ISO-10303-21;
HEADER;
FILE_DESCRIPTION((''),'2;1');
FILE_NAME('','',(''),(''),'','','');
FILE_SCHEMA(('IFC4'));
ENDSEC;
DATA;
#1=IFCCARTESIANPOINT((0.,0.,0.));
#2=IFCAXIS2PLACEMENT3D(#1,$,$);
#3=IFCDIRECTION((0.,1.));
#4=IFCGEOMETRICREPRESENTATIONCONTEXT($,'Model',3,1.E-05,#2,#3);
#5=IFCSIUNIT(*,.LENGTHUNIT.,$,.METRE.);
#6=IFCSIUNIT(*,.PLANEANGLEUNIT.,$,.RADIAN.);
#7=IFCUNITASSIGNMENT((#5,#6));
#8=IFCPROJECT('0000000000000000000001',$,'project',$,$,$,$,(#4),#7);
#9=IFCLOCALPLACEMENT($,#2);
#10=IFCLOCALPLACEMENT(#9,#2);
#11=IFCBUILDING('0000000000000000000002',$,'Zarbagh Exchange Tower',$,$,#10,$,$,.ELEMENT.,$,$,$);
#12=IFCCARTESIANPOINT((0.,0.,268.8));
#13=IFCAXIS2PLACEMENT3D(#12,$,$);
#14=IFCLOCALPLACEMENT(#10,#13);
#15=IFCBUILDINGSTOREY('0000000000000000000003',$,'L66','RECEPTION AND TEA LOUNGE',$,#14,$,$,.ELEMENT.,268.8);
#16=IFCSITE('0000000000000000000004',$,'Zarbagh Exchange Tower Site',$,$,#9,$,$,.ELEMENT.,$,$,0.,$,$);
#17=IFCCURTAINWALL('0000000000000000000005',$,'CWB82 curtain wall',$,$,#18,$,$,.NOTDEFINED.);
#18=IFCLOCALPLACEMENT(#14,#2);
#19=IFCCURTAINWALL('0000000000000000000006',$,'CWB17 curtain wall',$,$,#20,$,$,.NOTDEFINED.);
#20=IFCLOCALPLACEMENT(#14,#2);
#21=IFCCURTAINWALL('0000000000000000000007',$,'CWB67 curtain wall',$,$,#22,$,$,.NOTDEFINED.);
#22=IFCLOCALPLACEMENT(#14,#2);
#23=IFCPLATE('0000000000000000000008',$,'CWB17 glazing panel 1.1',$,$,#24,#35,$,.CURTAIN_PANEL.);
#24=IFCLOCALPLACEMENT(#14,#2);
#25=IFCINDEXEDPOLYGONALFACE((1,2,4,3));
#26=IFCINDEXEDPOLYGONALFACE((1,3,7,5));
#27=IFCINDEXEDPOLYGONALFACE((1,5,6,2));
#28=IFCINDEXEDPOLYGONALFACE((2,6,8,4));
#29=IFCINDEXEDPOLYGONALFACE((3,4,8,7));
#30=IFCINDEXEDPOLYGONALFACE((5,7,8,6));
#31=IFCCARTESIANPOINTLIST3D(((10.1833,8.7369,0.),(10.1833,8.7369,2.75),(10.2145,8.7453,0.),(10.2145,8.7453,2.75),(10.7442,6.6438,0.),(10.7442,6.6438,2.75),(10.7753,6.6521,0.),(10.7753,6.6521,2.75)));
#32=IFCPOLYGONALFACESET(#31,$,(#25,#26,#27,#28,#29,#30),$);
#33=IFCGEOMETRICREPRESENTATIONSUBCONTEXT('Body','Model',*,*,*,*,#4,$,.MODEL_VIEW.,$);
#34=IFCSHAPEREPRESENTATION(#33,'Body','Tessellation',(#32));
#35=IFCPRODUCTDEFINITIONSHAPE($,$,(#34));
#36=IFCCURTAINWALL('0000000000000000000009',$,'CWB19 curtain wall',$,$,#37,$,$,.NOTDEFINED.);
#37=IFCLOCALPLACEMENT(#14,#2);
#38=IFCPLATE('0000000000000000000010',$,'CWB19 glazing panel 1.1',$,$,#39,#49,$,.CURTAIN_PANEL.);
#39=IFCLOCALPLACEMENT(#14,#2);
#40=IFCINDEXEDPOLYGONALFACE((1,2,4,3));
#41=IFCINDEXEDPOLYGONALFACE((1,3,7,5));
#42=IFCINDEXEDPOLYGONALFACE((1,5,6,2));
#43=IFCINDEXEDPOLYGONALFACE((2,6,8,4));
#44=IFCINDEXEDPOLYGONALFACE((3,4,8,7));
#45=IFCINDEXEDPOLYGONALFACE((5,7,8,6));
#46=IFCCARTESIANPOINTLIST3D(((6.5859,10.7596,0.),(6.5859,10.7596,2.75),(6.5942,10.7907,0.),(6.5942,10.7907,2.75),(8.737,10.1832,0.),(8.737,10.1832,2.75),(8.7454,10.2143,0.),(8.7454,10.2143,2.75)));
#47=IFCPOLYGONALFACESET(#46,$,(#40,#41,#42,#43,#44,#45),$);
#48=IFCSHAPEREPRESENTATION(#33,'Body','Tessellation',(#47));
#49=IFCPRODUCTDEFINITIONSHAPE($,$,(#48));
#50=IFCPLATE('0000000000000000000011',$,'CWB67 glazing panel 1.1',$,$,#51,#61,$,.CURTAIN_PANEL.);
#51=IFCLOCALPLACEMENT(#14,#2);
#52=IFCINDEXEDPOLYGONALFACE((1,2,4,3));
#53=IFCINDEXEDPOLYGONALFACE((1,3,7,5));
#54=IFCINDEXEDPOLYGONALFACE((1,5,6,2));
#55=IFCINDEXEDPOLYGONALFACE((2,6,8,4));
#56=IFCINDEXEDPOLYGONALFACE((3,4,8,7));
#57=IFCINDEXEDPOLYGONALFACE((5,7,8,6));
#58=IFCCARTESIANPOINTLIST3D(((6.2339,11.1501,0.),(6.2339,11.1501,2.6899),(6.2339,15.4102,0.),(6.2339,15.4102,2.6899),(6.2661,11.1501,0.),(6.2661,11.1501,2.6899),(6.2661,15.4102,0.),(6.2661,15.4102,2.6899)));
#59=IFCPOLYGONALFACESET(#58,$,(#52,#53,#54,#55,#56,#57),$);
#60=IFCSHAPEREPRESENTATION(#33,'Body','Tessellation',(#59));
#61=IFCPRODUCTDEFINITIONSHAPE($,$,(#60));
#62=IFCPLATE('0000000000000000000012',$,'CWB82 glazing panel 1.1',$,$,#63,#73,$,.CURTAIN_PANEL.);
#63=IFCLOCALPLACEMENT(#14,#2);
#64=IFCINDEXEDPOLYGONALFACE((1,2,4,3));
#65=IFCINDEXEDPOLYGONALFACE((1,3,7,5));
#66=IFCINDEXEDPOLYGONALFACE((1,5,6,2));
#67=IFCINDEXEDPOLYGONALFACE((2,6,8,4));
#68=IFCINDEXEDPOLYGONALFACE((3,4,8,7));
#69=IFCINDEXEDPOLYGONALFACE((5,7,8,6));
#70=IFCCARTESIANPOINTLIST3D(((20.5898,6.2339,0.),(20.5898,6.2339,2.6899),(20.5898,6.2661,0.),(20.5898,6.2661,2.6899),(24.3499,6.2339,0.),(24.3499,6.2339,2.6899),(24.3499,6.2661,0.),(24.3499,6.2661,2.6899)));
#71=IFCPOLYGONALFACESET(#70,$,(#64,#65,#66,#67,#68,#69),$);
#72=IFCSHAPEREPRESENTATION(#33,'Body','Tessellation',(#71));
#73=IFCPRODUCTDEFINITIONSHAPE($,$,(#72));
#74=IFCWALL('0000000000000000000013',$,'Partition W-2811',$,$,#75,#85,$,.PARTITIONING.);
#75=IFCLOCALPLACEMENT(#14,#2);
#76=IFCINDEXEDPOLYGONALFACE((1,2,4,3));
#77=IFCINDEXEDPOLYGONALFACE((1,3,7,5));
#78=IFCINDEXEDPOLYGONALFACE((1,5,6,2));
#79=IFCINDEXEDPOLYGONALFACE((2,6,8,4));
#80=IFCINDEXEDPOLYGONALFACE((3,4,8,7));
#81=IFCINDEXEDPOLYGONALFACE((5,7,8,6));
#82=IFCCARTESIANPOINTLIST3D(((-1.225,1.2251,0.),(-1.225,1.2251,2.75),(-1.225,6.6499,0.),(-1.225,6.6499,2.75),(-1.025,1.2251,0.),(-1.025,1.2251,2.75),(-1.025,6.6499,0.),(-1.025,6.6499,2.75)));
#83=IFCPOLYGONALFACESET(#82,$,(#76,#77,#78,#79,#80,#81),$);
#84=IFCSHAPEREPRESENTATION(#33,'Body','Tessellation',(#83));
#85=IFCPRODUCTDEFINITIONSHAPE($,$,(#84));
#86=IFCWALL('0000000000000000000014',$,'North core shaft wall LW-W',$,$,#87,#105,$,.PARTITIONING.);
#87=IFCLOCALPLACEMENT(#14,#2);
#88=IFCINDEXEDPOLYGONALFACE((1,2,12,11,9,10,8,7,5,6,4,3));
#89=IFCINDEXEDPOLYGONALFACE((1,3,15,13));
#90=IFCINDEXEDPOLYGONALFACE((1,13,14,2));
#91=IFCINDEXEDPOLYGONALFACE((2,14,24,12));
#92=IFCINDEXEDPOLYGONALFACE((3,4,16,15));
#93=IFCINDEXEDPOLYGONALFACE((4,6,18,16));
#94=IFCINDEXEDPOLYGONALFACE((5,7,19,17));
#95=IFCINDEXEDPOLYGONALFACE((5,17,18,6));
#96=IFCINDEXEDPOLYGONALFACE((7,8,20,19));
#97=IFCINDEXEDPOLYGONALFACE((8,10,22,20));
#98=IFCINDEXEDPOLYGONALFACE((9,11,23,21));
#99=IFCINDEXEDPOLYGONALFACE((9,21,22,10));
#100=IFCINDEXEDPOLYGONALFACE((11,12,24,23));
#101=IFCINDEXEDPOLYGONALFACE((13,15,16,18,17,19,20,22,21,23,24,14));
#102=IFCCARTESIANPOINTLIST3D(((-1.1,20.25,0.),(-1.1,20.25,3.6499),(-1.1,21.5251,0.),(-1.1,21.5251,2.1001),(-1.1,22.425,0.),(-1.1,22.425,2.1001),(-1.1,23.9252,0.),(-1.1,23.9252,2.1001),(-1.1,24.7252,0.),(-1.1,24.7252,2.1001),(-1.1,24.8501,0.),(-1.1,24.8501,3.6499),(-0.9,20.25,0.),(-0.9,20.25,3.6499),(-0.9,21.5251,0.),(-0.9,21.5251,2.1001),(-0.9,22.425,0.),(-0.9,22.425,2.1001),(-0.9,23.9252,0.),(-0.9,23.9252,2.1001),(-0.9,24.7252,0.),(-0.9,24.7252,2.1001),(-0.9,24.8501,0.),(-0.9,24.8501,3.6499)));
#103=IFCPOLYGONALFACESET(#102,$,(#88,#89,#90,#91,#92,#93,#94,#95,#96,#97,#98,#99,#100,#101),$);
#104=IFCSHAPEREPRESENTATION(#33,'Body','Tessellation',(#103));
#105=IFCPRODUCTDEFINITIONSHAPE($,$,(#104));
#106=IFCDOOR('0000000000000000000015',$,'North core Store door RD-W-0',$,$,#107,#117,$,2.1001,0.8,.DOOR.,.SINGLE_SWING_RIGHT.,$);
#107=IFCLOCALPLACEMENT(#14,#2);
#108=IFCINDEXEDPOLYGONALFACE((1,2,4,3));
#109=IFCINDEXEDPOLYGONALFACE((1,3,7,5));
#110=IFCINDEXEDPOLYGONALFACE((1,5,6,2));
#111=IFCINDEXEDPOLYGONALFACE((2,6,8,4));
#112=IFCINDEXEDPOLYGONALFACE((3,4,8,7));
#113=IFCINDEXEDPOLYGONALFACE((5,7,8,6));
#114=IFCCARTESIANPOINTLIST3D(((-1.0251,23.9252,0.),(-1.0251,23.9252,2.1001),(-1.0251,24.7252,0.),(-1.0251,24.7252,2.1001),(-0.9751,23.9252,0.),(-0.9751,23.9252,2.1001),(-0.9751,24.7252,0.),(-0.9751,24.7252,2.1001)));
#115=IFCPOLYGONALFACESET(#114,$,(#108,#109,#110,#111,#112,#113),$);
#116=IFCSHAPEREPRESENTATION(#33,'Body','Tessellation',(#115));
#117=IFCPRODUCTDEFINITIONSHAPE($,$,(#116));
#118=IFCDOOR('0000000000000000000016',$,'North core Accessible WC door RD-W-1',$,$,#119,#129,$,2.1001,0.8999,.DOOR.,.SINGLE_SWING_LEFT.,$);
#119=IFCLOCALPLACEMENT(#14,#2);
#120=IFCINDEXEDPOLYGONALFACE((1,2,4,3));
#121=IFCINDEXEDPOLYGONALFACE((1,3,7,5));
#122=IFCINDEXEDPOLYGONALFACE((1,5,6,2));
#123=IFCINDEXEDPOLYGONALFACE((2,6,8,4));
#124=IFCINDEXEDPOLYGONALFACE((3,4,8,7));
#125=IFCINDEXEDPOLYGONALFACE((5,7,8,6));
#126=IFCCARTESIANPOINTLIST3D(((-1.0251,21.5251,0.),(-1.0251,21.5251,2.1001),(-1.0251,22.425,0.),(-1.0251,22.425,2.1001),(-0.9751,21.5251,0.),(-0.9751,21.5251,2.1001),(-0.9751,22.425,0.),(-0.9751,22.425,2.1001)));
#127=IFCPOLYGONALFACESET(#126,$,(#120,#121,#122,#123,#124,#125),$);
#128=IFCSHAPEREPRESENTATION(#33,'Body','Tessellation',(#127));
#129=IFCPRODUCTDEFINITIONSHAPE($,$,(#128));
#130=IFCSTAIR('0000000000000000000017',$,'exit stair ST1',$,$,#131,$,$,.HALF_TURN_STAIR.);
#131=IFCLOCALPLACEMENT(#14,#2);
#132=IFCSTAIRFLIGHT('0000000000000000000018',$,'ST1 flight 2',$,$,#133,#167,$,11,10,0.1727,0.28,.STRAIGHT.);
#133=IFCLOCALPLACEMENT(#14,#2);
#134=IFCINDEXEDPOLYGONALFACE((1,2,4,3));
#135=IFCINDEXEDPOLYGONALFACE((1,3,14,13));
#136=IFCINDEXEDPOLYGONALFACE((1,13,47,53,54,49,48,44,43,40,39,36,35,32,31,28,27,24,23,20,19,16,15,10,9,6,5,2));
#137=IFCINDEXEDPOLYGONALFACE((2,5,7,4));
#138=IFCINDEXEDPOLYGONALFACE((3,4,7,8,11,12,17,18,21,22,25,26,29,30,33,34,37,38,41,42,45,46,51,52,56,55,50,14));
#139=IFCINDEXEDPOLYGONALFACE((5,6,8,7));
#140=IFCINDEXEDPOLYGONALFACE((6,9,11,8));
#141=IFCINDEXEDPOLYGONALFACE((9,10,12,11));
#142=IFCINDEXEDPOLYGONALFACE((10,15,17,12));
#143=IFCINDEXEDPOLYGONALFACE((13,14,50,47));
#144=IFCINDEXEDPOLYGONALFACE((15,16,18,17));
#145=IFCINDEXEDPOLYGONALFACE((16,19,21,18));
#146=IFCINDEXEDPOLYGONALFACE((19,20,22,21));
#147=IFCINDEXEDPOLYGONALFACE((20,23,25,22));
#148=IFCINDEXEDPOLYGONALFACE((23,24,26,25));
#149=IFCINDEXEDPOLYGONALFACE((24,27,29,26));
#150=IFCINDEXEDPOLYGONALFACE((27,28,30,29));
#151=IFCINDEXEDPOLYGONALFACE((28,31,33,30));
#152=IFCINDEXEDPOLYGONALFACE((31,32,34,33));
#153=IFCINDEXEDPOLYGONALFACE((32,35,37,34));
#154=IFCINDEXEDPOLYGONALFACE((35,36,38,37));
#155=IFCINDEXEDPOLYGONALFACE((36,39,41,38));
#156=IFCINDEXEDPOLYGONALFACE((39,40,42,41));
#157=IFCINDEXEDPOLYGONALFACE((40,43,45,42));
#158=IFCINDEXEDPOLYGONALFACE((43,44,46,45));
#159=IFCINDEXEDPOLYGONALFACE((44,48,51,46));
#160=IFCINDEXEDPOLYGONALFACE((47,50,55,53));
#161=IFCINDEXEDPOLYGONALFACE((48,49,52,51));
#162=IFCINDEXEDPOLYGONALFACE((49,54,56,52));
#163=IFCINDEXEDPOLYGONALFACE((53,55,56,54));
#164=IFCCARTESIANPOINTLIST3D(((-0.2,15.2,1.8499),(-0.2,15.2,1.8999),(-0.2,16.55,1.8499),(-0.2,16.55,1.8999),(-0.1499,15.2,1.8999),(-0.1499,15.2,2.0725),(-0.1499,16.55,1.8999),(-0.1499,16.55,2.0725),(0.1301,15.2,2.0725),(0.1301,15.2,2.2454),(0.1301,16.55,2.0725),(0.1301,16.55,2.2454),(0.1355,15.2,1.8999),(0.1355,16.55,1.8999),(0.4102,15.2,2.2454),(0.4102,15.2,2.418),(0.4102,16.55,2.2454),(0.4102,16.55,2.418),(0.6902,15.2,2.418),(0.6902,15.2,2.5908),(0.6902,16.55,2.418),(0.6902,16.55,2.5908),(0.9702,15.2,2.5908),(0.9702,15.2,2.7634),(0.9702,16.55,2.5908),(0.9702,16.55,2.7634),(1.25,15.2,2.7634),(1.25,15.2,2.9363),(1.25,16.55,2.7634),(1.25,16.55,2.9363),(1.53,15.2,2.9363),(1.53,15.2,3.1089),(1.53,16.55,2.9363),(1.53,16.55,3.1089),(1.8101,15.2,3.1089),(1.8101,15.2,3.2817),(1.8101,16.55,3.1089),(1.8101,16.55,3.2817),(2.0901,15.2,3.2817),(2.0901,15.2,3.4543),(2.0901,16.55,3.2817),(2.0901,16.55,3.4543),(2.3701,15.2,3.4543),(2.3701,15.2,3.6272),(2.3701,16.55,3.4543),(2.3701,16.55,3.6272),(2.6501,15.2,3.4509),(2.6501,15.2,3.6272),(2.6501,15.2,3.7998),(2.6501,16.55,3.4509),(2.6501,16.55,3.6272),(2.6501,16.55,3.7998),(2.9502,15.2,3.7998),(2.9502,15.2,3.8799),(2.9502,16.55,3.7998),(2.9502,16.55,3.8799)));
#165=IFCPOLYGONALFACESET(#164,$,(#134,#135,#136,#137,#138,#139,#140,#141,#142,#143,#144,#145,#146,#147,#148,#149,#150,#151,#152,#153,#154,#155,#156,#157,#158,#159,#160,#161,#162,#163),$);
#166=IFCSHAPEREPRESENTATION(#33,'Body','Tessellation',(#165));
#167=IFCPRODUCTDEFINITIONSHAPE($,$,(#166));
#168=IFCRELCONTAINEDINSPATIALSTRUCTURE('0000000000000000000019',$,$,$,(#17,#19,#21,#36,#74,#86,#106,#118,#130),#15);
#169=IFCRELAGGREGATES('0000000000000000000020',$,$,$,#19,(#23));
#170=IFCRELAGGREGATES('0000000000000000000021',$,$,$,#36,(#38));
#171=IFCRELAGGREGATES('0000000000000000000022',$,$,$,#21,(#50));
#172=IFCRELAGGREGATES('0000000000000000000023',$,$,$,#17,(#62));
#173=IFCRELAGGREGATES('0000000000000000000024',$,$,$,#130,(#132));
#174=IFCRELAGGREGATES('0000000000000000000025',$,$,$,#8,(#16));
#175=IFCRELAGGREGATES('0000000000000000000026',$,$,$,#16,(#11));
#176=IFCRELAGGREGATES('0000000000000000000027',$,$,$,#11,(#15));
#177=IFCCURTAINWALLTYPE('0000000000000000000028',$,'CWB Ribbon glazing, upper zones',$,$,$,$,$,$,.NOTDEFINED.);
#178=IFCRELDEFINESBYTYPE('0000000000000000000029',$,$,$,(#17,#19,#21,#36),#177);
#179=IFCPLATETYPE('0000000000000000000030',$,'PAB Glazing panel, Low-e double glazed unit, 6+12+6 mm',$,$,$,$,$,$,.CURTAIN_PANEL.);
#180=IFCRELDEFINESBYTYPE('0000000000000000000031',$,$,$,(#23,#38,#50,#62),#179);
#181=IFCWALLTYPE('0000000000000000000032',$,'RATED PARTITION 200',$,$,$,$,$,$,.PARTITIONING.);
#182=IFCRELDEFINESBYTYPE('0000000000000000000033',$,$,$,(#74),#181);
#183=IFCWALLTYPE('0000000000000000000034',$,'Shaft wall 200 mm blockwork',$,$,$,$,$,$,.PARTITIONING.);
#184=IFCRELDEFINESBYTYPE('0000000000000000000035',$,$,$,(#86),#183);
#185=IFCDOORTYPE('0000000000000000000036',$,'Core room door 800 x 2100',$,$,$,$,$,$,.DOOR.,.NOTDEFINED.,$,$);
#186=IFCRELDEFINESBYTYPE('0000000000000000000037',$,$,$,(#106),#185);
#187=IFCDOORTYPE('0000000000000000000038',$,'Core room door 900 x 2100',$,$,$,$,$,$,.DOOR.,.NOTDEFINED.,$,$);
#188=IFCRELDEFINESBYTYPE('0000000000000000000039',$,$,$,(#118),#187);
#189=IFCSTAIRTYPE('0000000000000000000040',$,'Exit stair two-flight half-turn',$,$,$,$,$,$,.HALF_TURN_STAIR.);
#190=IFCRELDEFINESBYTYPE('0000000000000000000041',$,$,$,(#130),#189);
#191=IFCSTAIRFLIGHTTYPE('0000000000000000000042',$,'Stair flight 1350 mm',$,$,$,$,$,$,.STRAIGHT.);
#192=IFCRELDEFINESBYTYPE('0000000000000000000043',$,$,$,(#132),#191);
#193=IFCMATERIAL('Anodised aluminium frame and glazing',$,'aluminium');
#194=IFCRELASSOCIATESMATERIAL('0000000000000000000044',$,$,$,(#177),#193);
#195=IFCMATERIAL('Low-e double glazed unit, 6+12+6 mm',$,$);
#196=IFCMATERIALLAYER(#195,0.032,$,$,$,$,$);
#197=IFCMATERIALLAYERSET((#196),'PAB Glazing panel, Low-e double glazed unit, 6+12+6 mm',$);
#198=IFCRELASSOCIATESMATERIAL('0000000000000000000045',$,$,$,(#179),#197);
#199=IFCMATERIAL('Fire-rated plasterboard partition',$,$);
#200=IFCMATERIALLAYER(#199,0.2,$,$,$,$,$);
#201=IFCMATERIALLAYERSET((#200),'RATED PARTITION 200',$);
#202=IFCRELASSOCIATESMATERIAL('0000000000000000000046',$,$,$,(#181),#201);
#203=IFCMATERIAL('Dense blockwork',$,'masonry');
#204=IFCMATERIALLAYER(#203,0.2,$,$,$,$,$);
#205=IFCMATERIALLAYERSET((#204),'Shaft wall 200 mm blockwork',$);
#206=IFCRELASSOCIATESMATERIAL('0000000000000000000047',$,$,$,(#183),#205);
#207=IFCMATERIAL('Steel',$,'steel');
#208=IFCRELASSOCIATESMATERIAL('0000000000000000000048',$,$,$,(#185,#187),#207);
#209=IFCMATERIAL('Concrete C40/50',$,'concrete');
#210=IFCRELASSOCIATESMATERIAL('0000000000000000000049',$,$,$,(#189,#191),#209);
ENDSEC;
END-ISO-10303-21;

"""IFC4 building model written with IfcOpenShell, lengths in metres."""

from ifc_helpers import new_model, si_unit, direction, frame, frame_2d, origin, place, context, subcontext, project, spatial, polyline, rectangle, outline, extrude, source, transform, mapped, material, layer, layer_set, type_object, element, fill, aggregate, save


model = new_model("IFC4")

# Units and contexts
model_context = context("Model", 3, precision=1e-05, world=origin(), true_north=direction((0.0, 1.0)))
body_context = subcontext(model_context, "Body", "Model", "MODEL_VIEW")
ifc_project = project(units=[si_unit("LENGTHUNIT", "METRE"), si_unit("PLANEANGLEUNIT", "RADIAN")], contexts=[model_context])

# Site, building, storey
site_placement = place(None, origin())
site = spatial("IfcSite", under=ifc_project, at=site_placement, Name="Zarbagh Exchange Tower Site", CompositionType="ELEMENT", RefElevation=0.0)
building_placement = place(site_placement, origin())
building = spatial("IfcBuilding", under=site, at=building_placement, Name="Zarbagh Exchange Tower", CompositionType="ELEMENT")
storey_placement = place(building_placement, frame((0.0, 0.0, 268.8)))
storey = spatial("IfcBuildingStorey", under=building, at=storey_placement, Name="L66", Description="RECEPTION AND TEA LOUNGE", CompositionType="ELEMENT", Elevation=268.8)

# Curtain wall
ifc_material_1 = material(Name="Anodised aluminium frame and glazing", Category="aluminium")
curtain_wall_type = type_object("IfcCurtainWallType", Name="CWB Ribbon glazing, upper zones", PredefinedType="NOTDEFINED", material=ifc_material_1)
curtain_wall_1_placement = place(storey_placement, origin())
curtain_wall_1 = element("IfcCurtainWall", 1, at=curtain_wall_1_placement, inside=storey, type_object=curtain_wall_type, Name="CWB82 curtain wall", PredefinedType="NOTDEFINED")
placement = place(storey_placement, origin())

# Curtain wall
curtain_wall_2_placement = place(storey_placement, origin())
curtain_wall_2 = element("IfcCurtainWall", 2, at=curtain_wall_2_placement, inside=storey, type_object=curtain_wall_type, Name="CWB17 curtain wall", PredefinedType="NOTDEFINED")

# Curtain wall
curtain_wall_3_placement = place(storey_placement, origin())
curtain_wall_3 = element("IfcCurtainWall", 3, at=curtain_wall_3_placement, inside=storey, type_object=curtain_wall_type, Name="CWB67 curtain wall", PredefinedType="NOTDEFINED")

# Shared definitions
ifc_material_2 = material(Name="Low-e double glazed unit, 6+12+6 mm")
ifc_layer_1 = layer(ifc_material_2, 0.032)
ifc_layer_set_1 = layer_set([ifc_layer_1], Name="PAB Glazing panel, Low-e double glazed unit, 6+12+6 mm")
plate_type = type_object("IfcPlateType", Name="PAB Glazing panel, Low-e double glazed unit, 6+12+6 mm", PredefinedType="CURTAIN_PANEL", material=ifc_layer_set_1)

# Plate
shared_shape_1 = source(origin(), body_context, "Body", "SweptSolid", [
    extrude(outline(polyline([(0.0, -0.0161), (2.167, -0.0161), (2.167, 0.0161), (0.0, 0.0161), (0.0, -0.0161)])), origin(), (0.0, 0.0, 1.0), 2.75),
])
plate_1 = element("IfcPlate", 4, at=placement, type_object=plate_type, Name="CWB17 glazing panel 1.1", PredefinedType="CURTAIN_PANEL", context=body_context, shape_type="MappedRepresentation", body=[
    mapped(shared_shape_1, transform((10.7598, 6.6479, 0.0), x_axis=(-0.258825, 0.965924, 0.0), y_axis=(-0.965924, -0.258825, 0.0), z_axis=(0.0, 0.0, 1.0))),
])
aggregate(curtain_wall_2, [plate_1])

# Curtain wall, plate
curtain_wall_4_placement = place(storey_placement, origin())
curtain_wall_4 = element("IfcCurtainWall", 5, at=curtain_wall_4_placement, inside=storey, type_object=curtain_wall_type, Name="CWB19 curtain wall", PredefinedType="NOTDEFINED")
shared_shape_2 = source(origin(), body_context, "Body", "SweptSolid", [
    extrude(outline(polyline([(0.0, -0.0161), (2.2271, -0.0161), (2.2271, 0.0161), (0.0, 0.0161), (0.0, -0.0161)])), origin(), (0.0, 0.0, 1.0), 2.75),
])
plate_2 = element("IfcPlate", 6, at=placement, type_object=plate_type, Name="CWB19 glazing panel 1.1", PredefinedType="CURTAIN_PANEL", context=body_context, shape_type="MappedRepresentation", body=[
    mapped(shared_shape_2, transform((8.7412, 10.1987, 0.0), x_axis=(-0.965924, 0.258825, 0.0), y_axis=(-0.258825, -0.965924, 0.0), z_axis=(0.0, 0.0, 1.0))),
])
aggregate(curtain_wall_4, [plate_2])

# Plates
shared_shape_3 = source(origin(), body_context, "Body", "SweptSolid", [
    extrude(outline(polyline([(0.0, -0.0161), (4.26, -0.0161), (4.26, 0.0161), (0.0, 0.0161), (0.0, -0.0161)])), origin(), (0.0, 0.0, 1.0), 2.6899),
])
plate_3 = element("IfcPlate", 7, at=placement, type_object=plate_type, Name="CWB67 glazing panel 1.1", PredefinedType="CURTAIN_PANEL", context=body_context, shape_type="MappedRepresentation", body=[
    mapped(shared_shape_3, transform((6.25, 11.1501, 0.0), x_axis=(0.0, 1.0, 0.0), y_axis=(-1.0, 0.0, 0.0), z_axis=(0.0, 0.0, 1.0))),
])
aggregate(curtain_wall_3, [plate_3])
shared_shape_4 = source(origin(), body_context, "Body", "SweptSolid", [
    extrude(outline(polyline([(0.0, -0.0161), (3.76, -0.0161), (3.76, 0.0161), (0.0, 0.0161), (0.0, -0.0161)])), origin(), (0.0, 0.0, 1.0), 2.6899),
])
plate_4 = element("IfcPlate", 8, at=placement, type_object=plate_type, Name="CWB82 glazing panel 1.1", PredefinedType="CURTAIN_PANEL", context=body_context, shape_type="MappedRepresentation", body=[
    mapped(shared_shape_4, transform((24.3499, 6.25, 0.0), x_axis=(-1.0, 0.0, 0.0), y_axis=(0.0, -1.0, 0.0), z_axis=(0.0, 0.0, 1.0))),
])
aggregate(curtain_wall_1, [plate_4])

# Wall
ifc_material_3 = material(Name="Fire-rated plasterboard partition")
ifc_layer_2 = layer(ifc_material_3, 0.2)
ifc_layer_set_2 = layer_set([ifc_layer_2], Name="RATED PARTITION 200")
wall_type_1 = type_object("IfcWallType", Name="RATED PARTITION 200", PredefinedType="PARTITIONING", material=ifc_layer_set_2)
wall_1_placement = place(storey_placement, frame((-1.125, 1.2251, 0.0), z_axis=(0.0, 0.0, 1.0), x_axis=(0.0, 1.0, 0.0)))
element("IfcWall", 9, at=wall_1_placement, inside=storey, type_object=wall_type_1, Name="Partition W-2811", PredefinedType="PARTITIONING", context=body_context, shape_type="SweptSolid", body=[
    extrude(rectangle(XDim=5.4248, YDim=0.2, at=frame_2d((2.7124, 0.0))), origin(), (0.0, 0.0, 1.0), 2.75),
])

# Wall, openings, doors
ifc_material_4 = material(Name="Dense blockwork", Category="masonry")
ifc_layer_3 = layer(ifc_material_4, 0.2)
ifc_layer_set_3 = layer_set([ifc_layer_3], Name="Shaft wall 200 mm blockwork")
wall_type_2 = type_object("IfcWallType", Name="Shaft wall 200 mm blockwork", PredefinedType="PARTITIONING", material=ifc_layer_set_3)
wall_2_placement = place(storey_placement, frame((-1.0, 24.8501, 0.0), z_axis=(0.0, 0.0, 1.0), x_axis=(0.0, -1.0, 0.0)))
wall_2 = element("IfcWall", 10, at=wall_2_placement, inside=storey, type_object=wall_type_2, Name="North core shaft wall LW-W", PredefinedType="PARTITIONING", context=body_context, shape_type="SweptSolid", body=[
    extrude(rectangle(XDim=4.6001, YDim=0.2, at=frame_2d((2.3, 0.0))), origin(), (0.0, 0.0, 1.0), 3.6499),
])
opening_1_placement = place(wall_2_placement, frame((0.125, 0.0, 0.0)))
opening_1 = element("IfcOpeningElement", 11, at=opening_1_placement, cuts=wall_2, PredefinedType="OPENING", context=body_context, shape_type="SweptSolid", body=[
    extrude(rectangle(XDim=0.8, YDim=2.1001, at=frame_2d((0.3999, 1.05))), frame((0.0, 0.1099, 0.0), z_axis=(0.0, -1.0, 0.0), x_axis=(1.0, 0.0, 0.0)), (0.0, 0.0, 1.0), 0.22),
])
opening_2_placement = place(wall_2_placement, frame((2.425, 0.0, 0.0)))
opening_2 = element("IfcOpeningElement", 12, at=opening_2_placement, cuts=wall_2, PredefinedType="OPENING", context=body_context, shape_type="SweptSolid", body=[
    extrude(rectangle(XDim=0.8999, YDim=2.1001, at=frame_2d((0.45, 1.05))), frame((0.0, 0.1099, 0.0), z_axis=(0.0, -1.0, 0.0), x_axis=(1.0, 0.0, 0.0)), (0.0, 0.0, 1.0), 0.22),
])
ifc_material_5 = material(Name="Steel", Category="steel")
door_type_1 = type_object("IfcDoorType", Name="Core room door 800 x 2100", OperationType="NOTDEFINED", PredefinedType="DOOR", material=ifc_material_5)
door_1_placement = place(opening_1_placement, origin())
door_1 = element("IfcDoor", 13, at=door_1_placement, inside=storey, type_object=door_type_1, Name="North core Store door RD-W-0", OperationType="SINGLE_SWING_RIGHT", OverallHeight=2.1001, OverallWidth=0.8, PredefinedType="DOOR", context=body_context, shape_type="SweptSolid", body=[
    extrude(rectangle(XDim=0.8, YDim=2.1001, at=frame_2d((0.3999, 1.05))), frame((0.0, 0.0249, 0.0), z_axis=(0.0, -1.0, 0.0), x_axis=(1.0, 0.0, 0.0)), (0.0, 0.0, 1.0), 0.05),
])
fill(opening_1, door_1)
door_type_2 = type_object("IfcDoorType", Name="Core room door 900 x 2100", OperationType="NOTDEFINED", PredefinedType="DOOR", material=ifc_material_5)
door_2_placement = place(opening_2_placement, origin())
door_2 = element("IfcDoor", 14, at=door_2_placement, inside=storey, type_object=door_type_2, Name="North core Accessible WC door RD-W-1", OperationType="SINGLE_SWING_LEFT", OverallHeight=2.1001, OverallWidth=0.8999, PredefinedType="DOOR", context=body_context, shape_type="SweptSolid", body=[
    extrude(rectangle(XDim=0.8999, YDim=2.1001, at=frame_2d((0.45, 1.05))), frame((0.0, 0.0249, 0.0), z_axis=(0.0, -1.0, 0.0), x_axis=(1.0, 0.0, 0.0)), (0.0, 0.0, 1.0), 0.05),
])
fill(opening_2, door_2)

# Stair, stair flight
ifc_material_6 = material(Name="Concrete C40/50", Category="concrete")
stair_type = type_object("IfcStairType", Name="Exit stair two-flight half-turn", PredefinedType="HALF_TURN_STAIR", material=ifc_material_6)
stair_placement = place(storey_placement, origin())
stair = element("IfcStair", 15, at=stair_placement, inside=storey, type_object=stair_type, Name="exit stair ST1", PredefinedType="HALF_TURN_STAIR")
stair_flight_type = type_object("IfcStairFlightType", Name="Stair flight 1350 mm", PredefinedType="STRAIGHT", material=ifc_material_6)
stair_flight_placement = place(storey_placement, frame((-0.1499, 15.875, 1.8999), z_axis=(0.0, 0.0, 1.0), x_axis=(1.0, 0.0, 0.0)))
stair_flight = element("IfcStairFlight", 16, at=stair_flight_placement, type_object=stair_flight_type, Name="ST1 flight 2", NumberOfRisers=11, NumberOfTreads=10, PredefinedType="STRAIGHT", RiserHeight=0.1727, TreadLength=0.28, context=body_context, shape_type="SweptSolid", body=[
    extrude(outline(polyline([(-0.05, -0.05), (-0.05, 0.0), (0.0, 0.0), (0.0, 0.1726), (0.28, 0.1726), (0.28, 0.3455), (0.5601, 0.3455), (0.5601, 0.5181), (0.8401, 0.5181), (0.8401, 0.6909), (1.1201, 0.6909), (1.1201, 0.8635), (1.3999, 0.8635), (1.3999, 1.0364), (1.6799, 1.0364), (1.6799, 1.209), (1.96, 1.209), (1.96, 1.3818), (2.24, 1.3818), (2.24, 1.5544), (2.52, 1.5544), (2.52, 1.7273), (2.8, 1.7273), (2.8, 1.8999), (3.1001, 1.98), (3.1001, 1.8999), (2.8, 1.551), (0.2854, 0.0), (-0.05, -0.05)])), frame((0.0, 0.675, 0.0), z_axis=(0.0, -1.0, 0.0), x_axis=(1.0, 0.0, 0.0)), (0.0, 0.0, 1.0), 1.3501),
])
aggregate(stair, [stair_flight])

save(model, "model.ifc")
